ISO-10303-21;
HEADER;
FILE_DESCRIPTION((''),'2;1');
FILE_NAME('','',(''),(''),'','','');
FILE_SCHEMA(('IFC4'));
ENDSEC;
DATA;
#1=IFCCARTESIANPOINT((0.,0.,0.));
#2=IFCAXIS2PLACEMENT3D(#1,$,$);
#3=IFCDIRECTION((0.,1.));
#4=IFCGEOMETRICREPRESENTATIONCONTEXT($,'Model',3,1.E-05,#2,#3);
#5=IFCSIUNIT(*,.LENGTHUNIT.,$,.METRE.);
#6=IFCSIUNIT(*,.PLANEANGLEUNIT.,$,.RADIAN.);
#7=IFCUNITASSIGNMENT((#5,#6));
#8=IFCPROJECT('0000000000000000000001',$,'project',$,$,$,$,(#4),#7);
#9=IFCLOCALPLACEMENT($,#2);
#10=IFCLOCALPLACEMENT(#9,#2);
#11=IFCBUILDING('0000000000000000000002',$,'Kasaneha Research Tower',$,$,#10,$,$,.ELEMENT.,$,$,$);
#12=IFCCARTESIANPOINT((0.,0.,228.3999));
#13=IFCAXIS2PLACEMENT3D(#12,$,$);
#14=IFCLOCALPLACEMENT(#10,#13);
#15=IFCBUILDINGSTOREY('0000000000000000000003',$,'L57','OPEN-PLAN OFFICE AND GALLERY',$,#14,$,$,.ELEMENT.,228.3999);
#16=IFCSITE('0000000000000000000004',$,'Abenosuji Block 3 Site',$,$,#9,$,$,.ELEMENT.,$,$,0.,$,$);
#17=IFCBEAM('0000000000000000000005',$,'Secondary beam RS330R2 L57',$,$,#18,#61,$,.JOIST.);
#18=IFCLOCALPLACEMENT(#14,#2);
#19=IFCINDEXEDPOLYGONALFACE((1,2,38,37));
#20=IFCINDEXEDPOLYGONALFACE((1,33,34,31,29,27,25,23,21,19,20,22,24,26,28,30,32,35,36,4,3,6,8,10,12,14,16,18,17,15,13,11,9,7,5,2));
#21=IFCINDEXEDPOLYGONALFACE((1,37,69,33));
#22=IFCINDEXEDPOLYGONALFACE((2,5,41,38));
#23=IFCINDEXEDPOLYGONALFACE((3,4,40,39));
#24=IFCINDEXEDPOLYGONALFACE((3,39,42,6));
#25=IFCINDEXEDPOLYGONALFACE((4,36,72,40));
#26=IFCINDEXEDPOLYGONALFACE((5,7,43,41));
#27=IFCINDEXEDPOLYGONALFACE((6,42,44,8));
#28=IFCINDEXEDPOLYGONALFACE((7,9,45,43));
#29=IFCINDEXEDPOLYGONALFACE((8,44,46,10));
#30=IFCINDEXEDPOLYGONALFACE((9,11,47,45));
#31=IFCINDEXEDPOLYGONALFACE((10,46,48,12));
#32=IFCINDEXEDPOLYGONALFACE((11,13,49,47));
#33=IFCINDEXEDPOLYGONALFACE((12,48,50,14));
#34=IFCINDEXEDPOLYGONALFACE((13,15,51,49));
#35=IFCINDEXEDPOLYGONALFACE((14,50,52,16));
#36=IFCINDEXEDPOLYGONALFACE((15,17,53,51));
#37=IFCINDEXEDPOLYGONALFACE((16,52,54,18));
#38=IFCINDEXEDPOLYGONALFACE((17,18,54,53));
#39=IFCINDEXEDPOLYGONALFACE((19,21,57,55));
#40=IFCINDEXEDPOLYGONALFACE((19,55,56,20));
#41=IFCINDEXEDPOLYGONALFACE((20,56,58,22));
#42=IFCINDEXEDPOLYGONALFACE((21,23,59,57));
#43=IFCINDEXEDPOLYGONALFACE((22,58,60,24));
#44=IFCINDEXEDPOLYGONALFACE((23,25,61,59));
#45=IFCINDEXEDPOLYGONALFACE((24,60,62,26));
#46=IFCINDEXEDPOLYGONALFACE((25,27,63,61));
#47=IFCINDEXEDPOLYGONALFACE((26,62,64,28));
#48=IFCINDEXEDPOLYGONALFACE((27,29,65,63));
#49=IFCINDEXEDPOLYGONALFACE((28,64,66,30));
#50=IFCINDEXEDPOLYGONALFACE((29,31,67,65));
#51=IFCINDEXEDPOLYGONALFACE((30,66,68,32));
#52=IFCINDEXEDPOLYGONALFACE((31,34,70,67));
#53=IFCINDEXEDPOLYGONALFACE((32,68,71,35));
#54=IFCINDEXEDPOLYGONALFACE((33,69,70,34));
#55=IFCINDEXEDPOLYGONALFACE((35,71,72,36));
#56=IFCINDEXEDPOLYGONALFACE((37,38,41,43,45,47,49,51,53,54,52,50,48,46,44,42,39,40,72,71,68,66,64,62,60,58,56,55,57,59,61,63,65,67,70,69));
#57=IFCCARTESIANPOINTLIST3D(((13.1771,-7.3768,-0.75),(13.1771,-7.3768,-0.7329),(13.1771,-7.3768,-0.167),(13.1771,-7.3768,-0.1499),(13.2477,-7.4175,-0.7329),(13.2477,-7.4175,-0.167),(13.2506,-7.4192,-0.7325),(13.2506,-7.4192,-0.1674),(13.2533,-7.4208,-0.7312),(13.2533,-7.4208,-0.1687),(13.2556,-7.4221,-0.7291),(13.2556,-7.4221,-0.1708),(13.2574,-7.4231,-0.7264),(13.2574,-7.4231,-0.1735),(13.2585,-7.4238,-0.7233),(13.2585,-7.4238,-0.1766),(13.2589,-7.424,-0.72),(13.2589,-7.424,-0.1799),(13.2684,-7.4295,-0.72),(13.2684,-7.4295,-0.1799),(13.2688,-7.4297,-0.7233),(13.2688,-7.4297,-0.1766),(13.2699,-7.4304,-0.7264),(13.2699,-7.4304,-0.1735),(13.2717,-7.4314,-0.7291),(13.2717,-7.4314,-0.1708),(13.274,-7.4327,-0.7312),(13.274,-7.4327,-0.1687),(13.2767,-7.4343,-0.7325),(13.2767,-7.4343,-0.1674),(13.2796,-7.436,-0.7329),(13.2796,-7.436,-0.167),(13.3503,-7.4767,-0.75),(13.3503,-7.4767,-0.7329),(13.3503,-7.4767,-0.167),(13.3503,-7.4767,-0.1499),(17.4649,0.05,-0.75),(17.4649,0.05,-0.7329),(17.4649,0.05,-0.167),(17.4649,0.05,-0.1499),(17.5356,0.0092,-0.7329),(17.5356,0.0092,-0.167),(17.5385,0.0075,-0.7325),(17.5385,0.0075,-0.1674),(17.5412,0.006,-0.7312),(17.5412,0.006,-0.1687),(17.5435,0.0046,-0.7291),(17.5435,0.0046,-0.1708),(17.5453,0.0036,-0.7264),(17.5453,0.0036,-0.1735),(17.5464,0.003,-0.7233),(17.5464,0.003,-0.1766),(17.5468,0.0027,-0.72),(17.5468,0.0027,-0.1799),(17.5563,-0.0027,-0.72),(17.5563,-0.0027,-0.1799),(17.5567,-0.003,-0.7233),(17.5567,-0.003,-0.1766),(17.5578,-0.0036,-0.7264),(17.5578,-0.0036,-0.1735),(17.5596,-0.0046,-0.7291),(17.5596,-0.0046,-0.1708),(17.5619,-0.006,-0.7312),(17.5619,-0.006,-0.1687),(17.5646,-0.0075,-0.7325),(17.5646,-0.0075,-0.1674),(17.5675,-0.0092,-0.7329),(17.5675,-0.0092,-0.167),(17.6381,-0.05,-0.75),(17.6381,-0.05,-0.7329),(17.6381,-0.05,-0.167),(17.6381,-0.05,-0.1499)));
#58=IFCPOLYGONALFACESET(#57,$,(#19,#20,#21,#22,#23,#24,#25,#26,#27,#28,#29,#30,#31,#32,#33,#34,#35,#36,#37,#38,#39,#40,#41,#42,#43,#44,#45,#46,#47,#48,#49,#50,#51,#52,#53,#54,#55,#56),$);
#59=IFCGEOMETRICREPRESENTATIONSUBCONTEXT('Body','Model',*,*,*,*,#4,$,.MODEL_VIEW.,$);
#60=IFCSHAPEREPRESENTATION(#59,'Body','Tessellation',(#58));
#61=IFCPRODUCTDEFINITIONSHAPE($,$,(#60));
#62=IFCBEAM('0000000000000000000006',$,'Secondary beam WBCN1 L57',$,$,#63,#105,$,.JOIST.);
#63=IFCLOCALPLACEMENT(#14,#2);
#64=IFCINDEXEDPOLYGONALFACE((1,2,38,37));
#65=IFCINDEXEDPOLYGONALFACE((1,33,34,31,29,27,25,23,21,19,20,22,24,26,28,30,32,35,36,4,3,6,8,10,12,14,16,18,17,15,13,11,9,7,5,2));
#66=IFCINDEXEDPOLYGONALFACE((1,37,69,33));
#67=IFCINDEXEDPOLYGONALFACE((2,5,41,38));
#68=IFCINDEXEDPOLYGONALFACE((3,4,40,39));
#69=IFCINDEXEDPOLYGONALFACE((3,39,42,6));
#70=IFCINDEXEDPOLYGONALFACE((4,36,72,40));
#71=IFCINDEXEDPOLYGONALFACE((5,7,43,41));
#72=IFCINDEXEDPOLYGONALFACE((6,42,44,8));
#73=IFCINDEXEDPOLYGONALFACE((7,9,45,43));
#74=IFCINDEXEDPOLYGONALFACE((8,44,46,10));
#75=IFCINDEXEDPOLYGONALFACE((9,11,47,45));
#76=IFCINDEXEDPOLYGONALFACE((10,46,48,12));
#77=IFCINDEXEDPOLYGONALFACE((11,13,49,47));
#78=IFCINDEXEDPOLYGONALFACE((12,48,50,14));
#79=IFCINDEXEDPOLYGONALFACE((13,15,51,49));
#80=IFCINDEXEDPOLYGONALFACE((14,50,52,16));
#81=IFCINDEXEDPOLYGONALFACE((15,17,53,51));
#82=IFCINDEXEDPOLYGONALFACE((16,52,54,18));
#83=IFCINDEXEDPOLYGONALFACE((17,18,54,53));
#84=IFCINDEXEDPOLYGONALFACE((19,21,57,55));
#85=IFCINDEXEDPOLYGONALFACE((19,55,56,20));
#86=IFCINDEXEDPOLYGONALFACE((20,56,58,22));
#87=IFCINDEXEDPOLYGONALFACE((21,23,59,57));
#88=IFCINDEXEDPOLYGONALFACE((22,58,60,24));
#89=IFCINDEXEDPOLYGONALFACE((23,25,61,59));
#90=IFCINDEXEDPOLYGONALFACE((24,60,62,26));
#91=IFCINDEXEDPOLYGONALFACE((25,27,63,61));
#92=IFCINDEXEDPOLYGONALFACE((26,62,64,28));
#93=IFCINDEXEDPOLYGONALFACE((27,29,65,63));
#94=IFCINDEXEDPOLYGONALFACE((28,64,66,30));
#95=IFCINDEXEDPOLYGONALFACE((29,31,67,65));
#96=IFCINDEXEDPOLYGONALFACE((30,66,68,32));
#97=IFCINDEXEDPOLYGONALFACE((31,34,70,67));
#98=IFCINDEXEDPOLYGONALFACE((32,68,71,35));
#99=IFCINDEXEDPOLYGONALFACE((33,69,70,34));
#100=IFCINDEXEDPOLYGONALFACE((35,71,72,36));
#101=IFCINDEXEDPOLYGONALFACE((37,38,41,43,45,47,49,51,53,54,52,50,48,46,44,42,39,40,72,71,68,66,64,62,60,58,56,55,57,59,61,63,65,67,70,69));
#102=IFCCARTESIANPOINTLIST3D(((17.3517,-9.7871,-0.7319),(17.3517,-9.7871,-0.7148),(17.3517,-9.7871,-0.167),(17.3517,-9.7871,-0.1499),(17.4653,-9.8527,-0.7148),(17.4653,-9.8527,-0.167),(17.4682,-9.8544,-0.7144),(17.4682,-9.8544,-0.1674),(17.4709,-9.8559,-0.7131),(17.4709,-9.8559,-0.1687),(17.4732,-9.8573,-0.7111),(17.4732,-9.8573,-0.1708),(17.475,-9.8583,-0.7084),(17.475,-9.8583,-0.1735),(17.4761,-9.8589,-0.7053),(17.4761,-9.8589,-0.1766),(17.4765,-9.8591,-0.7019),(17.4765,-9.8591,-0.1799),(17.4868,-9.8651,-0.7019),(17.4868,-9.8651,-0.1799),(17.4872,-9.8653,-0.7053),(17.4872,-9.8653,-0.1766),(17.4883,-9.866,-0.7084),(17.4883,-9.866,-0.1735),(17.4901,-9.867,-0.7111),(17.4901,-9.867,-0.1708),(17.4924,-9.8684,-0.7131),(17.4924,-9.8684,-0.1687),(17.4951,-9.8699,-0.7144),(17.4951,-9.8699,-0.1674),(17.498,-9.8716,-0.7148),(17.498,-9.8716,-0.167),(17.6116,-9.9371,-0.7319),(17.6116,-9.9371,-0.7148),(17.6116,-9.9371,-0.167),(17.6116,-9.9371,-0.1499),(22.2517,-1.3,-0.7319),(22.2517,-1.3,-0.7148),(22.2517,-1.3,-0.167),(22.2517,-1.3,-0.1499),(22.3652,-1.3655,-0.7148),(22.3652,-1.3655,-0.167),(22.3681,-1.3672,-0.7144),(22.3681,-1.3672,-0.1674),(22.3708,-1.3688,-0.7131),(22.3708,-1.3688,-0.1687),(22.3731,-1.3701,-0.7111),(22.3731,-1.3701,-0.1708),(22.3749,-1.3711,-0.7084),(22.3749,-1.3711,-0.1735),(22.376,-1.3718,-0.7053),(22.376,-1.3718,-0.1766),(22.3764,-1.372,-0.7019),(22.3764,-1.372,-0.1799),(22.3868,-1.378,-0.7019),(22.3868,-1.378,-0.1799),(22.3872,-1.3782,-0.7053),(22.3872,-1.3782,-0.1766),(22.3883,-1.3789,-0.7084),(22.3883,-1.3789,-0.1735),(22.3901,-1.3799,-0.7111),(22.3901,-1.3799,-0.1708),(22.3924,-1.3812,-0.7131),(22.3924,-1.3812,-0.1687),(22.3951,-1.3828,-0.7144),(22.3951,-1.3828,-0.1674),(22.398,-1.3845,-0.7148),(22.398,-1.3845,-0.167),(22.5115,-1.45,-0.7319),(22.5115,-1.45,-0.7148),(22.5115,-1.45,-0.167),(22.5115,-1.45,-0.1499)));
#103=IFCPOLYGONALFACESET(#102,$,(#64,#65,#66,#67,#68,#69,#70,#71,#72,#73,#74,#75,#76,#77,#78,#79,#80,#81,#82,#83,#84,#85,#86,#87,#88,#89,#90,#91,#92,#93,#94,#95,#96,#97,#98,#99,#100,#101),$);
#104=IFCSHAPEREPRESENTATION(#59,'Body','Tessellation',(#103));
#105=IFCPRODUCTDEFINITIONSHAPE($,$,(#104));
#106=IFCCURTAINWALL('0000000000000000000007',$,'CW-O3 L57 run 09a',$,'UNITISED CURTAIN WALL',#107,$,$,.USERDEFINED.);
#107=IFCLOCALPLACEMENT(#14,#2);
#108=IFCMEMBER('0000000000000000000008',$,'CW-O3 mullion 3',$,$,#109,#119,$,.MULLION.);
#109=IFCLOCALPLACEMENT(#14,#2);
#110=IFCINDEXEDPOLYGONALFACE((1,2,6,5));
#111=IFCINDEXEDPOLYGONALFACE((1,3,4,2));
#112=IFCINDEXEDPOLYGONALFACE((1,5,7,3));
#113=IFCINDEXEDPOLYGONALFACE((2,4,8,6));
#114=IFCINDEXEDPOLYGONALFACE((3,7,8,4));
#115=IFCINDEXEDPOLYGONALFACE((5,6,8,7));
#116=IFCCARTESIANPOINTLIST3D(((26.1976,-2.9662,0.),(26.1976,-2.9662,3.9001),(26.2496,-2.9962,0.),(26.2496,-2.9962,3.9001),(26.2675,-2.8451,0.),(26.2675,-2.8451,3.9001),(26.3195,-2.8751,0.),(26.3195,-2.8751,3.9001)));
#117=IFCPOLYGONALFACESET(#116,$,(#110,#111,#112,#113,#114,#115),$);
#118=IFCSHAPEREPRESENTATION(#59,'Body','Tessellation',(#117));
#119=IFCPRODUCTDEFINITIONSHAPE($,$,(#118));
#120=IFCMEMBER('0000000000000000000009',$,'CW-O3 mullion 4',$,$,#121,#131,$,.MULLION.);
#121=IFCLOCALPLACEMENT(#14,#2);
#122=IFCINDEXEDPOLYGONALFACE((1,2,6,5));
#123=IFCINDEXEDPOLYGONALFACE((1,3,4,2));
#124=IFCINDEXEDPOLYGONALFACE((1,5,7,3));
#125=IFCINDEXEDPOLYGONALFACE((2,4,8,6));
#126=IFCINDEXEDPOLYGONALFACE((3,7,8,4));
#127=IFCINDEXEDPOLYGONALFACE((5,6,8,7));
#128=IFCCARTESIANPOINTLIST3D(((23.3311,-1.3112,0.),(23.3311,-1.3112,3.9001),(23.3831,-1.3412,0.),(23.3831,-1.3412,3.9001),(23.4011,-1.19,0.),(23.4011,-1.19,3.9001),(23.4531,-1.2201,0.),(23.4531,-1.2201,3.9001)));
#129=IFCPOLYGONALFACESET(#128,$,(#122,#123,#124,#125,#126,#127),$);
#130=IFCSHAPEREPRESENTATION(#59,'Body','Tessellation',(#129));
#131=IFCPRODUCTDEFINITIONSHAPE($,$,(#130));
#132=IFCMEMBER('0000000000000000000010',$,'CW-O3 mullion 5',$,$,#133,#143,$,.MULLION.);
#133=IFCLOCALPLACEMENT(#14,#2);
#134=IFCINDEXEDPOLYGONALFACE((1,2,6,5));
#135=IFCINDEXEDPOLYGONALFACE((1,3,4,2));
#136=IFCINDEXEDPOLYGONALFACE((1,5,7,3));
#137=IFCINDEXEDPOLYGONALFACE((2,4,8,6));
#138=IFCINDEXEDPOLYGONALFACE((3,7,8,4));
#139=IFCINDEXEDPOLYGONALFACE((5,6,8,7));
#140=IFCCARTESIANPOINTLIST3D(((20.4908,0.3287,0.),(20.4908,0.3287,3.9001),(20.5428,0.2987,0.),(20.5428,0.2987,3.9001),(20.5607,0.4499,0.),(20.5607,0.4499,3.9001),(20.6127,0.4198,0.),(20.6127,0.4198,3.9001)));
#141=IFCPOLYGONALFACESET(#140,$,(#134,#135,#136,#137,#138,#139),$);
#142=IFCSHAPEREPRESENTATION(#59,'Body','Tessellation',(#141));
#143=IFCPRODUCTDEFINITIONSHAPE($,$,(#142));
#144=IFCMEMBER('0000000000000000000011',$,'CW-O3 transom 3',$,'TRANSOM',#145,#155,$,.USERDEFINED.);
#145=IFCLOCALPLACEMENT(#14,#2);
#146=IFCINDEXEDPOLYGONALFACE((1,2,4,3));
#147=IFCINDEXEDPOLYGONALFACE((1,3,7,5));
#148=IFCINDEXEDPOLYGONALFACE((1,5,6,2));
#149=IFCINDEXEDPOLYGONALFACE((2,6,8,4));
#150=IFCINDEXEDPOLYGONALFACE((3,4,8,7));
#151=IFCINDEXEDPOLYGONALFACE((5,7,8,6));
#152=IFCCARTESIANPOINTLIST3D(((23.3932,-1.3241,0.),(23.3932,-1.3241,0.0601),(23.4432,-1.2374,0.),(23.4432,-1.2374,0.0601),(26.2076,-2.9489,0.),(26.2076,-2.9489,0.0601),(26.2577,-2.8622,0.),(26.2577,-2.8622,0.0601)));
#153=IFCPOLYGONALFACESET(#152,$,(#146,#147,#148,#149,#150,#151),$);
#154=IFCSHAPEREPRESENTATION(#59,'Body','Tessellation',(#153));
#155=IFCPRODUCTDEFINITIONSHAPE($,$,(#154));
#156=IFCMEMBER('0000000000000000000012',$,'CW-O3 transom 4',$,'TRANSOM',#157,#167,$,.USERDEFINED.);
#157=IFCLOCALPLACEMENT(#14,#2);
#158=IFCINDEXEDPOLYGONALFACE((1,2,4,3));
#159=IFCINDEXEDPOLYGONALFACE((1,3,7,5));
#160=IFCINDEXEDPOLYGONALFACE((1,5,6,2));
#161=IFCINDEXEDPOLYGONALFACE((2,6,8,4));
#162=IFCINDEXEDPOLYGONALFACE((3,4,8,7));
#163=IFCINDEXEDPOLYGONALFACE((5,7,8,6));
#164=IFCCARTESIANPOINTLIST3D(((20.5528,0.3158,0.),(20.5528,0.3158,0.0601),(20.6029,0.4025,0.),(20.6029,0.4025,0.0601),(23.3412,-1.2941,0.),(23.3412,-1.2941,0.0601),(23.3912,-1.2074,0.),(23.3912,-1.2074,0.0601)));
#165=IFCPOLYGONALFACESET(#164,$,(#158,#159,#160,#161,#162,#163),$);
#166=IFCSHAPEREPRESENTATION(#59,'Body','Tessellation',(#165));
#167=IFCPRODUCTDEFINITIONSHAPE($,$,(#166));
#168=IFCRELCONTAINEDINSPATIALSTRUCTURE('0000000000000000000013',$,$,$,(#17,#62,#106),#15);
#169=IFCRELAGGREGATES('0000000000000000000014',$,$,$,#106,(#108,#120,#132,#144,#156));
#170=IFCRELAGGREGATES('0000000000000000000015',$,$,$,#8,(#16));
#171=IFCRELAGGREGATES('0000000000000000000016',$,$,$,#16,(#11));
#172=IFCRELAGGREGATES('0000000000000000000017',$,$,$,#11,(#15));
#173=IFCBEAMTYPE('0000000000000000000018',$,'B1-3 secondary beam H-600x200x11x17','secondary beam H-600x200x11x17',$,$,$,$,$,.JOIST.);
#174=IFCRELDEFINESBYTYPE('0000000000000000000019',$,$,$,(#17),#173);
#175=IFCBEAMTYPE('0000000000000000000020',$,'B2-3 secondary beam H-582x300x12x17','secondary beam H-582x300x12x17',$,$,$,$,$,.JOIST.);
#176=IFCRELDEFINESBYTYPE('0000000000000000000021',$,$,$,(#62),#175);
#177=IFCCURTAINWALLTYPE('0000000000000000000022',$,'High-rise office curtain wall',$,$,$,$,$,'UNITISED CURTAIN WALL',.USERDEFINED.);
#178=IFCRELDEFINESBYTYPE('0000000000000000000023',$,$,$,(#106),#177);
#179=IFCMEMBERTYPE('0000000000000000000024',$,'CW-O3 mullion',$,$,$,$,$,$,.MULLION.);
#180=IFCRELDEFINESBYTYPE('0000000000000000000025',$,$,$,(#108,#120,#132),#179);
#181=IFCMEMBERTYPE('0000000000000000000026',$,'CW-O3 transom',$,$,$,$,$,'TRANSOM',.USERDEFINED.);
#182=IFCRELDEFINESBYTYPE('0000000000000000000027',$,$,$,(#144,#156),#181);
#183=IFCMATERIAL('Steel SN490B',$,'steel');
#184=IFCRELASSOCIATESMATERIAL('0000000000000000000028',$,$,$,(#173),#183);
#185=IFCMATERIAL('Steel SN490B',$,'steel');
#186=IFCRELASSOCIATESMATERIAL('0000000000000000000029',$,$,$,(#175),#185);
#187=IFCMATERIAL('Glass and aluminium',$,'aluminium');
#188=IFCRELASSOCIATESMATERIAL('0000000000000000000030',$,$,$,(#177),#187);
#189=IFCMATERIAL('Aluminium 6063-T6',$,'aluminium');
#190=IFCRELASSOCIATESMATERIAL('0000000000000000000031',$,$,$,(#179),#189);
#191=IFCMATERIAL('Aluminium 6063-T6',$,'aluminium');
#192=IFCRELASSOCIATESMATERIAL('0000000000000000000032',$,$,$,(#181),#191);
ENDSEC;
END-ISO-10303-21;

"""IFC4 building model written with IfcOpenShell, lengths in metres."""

from ifc_helpers import new_model, si_unit, direction, frame, origin, origin_2d, place, context, subcontext, project, spatial, rectangle, i_section, extrude, material, material_profile, profile_set, type_object, element, aggregate, save


model = new_model("IFC4")

# Units and contexts
model_context = context("Model", 3, precision=1e-05, world=origin(), true_north=direction((0.0, 1.0)))
body_context = subcontext(model_context, "Body", "Model", "MODEL_VIEW")
ifc_project = project(units=[si_unit("LENGTHUNIT", "METRE"), si_unit("PLANEANGLEUNIT", "RADIAN")], contexts=[model_context])

# Site, building, storey
site_placement = place(None, origin())
site = spatial("IfcSite", under=ifc_project, at=site_placement, Name="Abenosuji Block 3 Site", CompositionType="ELEMENT", RefElevation=0.0)
building_placement = place(site_placement, origin())
building = spatial("IfcBuilding", under=site, at=building_placement, Name="Kasaneha Research Tower", CompositionType="ELEMENT")
storey_placement = place(building_placement, frame((0.0, 0.0, 228.3999)))
storey = spatial("IfcBuildingStorey", under=building, at=storey_placement, Name="L57", Description="OPEN-PLAN OFFICE AND GALLERY", CompositionType="ELEMENT", Elevation=228.3999)

# Beams
ifc_material_1 = material(Name="Steel SN490B", Category="steel")
ifc_material_profile_1 = material_profile(ifc_material_1, i_section(OverallWidth=0.2, OverallDepth=0.6001, WebThickness=0.011, FlangeThickness=0.0171, FilletRadius=0.0129, at=origin_2d()), Name="H-600x200x11x17")
ifc_profile_set_1 = profile_set([ifc_material_profile_1], Name="Steel SN490B")
beam_type_1 = type_object("IfcBeamType", Name="B1-3 secondary beam H-600x200x11x17", Description="secondary beam H-600x200x11x17", PredefinedType="JOIST", material=ifc_profile_set_1)
beam_1_placement = place(storey_placement, frame((17.5515, 0.0, -0.45), z_axis=(-0.5, -0.866025, 0.0), x_axis=(0.866025, -0.5, 0.0)))
element("IfcBeam", 1, at=beam_1_placement, inside=storey, type_object=beam_type_1, Name="Secondary beam RS330R2 L57", PredefinedType="JOIST", context=body_context, shape_type="SweptSolid", body=[
    extrude(i_section(OverallWidth=0.2, OverallDepth=0.6001, WebThickness=0.011, FlangeThickness=0.0171, FilletRadius=0.0129, at=origin_2d()), origin(), (0.0, 0.0, 1.0), 8.5757),
])
ifc_material_2 = material(Name="Steel SN490B", Category="steel")
ifc_material_profile_2 = material_profile(ifc_material_2, i_section(OverallWidth=0.3, OverallDepth=0.582, WebThickness=0.012, FlangeThickness=0.0171, FilletRadius=0.0129, at=origin_2d()), Name="H-582x300x12x17")
ifc_profile_set_2 = profile_set([ifc_material_profile_2], Name="Steel SN490B")
beam_type_2 = type_object("IfcBeamType", Name="B2-3 secondary beam H-582x300x12x17", Description="secondary beam H-582x300x12x17", PredefinedType="JOIST", material=ifc_profile_set_2)
beam_2_placement = place(storey_placement, frame((22.3816, -1.375, -0.4409), z_axis=(-0.499992, -0.86603, 0.0), x_axis=(0.86603, -0.499992, 0.0)))
element("IfcBeam", 2, at=beam_2_placement, inside=storey, type_object=beam_type_2, Name="Secondary beam WBCN1 L57", PredefinedType="JOIST", context=body_context, shape_type="SweptSolid", body=[
    extrude(i_section(OverallWidth=0.3, OverallDepth=0.582, WebThickness=0.012, FlangeThickness=0.0171, FilletRadius=0.0129, at=origin_2d()), origin(), (0.0, 0.0, 1.0), 9.8),
])

# Curtain wall, members
ifc_material_3 = material(Name="Glass and aluminium", Category="aluminium")
curtain_wall_type = type_object("IfcCurtainWallType", Name="High-rise office curtain wall", ElementType="UNITISED CURTAIN WALL", PredefinedType="USERDEFINED", material=ifc_material_3)
curtain_wall_placement = place(storey_placement, origin())
curtain_wall = element("IfcCurtainWall", 3, at=curtain_wall_placement, inside=storey, type_object=curtain_wall_type, Name="CW-O3 L57 run 09a", ObjectType="UNITISED CURTAIN WALL", PredefinedType="USERDEFINED")
ifc_material_4 = material(Name="Aluminium 6063-T6", Category="aluminium")
ifc_material_profile_3 = material_profile(ifc_material_4, rectangle(XDim=0.0601, YDim=0.1399, at=origin_2d()), Name="CW-O3 mullion 60x140")
ifc_profile_set_3 = profile_set([ifc_material_profile_3], Name="Aluminium 6063-T6")
member_type_1 = type_object("IfcMemberType", Name="CW-O3 mullion", PredefinedType="MULLION", material=ifc_profile_set_3)
member_1_placement = place(storey_placement, frame((26.2585, -2.9207, 0.0), z_axis=(0.0, 0.0, 1.0), x_axis=(-0.866025, 0.5, 0.0)))
member_1 = element("IfcMember", 4, at=member_1_placement, type_object=member_type_1, Name="CW-O3 mullion 3", PredefinedType="MULLION", context=body_context, shape_type="SweptSolid", body=[
    extrude(rectangle(XDim=0.0601, YDim=0.1399, at=origin_2d()), origin(), (0.0, 0.0, 1.0), 3.9001),
])
member_2_placement = place(storey_placement, frame((23.3921, -1.2656, 0.0), z_axis=(0.0, 0.0, 1.0), x_axis=(-0.866025, 0.5, 0.0)))
member_2 = element("IfcMember", 5, at=member_2_placement, type_object=member_type_1, Name="CW-O3 mullion 4", PredefinedType="MULLION", context=body_context, shape_type="SweptSolid", body=[
    extrude(rectangle(XDim=0.0601, YDim=0.1399, at=origin_2d()), origin(), (0.0, 0.0, 1.0), 3.9001),
])
member_3_placement = place(storey_placement, frame((20.5518, 0.3743, 0.0), z_axis=(0.0, 0.0, 1.0), x_axis=(-0.866025, 0.5, 0.0)))
member_3 = element("IfcMember", 6, at=member_3_placement, type_object=member_type_1, Name="CW-O3 mullion 5", PredefinedType="MULLION", context=body_context, shape_type="SweptSolid", body=[
    extrude(rectangle(XDim=0.0601, YDim=0.1399, at=origin_2d()), origin(), (0.0, 0.0, 1.0), 3.9001),
])
ifc_material_5 = material(Name="Aluminium 6063-T6", Category="aluminium")
ifc_material_profile_4 = material_profile(ifc_material_5, rectangle(XDim=0.1001, YDim=0.0601, at=origin_2d()), Name="CW-O3 transom 100x60")
ifc_profile_set_4 = profile_set([ifc_material_profile_4], Name="Aluminium 6063-T6")
member_type_2 = type_object("IfcMemberType", Name="CW-O3 transom", ElementType="TRANSOM", PredefinedType="USERDEFINED", material=ifc_profile_set_4)
member_4_placement = place(storey_placement, frame((26.2327, -2.9055, 0.03), z_axis=(-0.866048, 0.499961, 0.0), x_axis=(-0.499961, -0.866048, 0.0)))
member_4 = element("IfcMember", 7, at=member_4_placement, type_object=member_type_2, Name="CW-O3 transom 3", ObjectType="TRANSOM", PredefinedType="USERDEFINED", context=body_context, shape_type="SweptSolid", body=[
    extrude(rectangle(XDim=0.1001, YDim=0.0601, at=origin_2d()), origin(), (0.0, 0.0, 1.0), 3.2498),
])
member_5_placement = place(storey_placement, frame((23.3662, -1.2507, 0.03), z_axis=(-0.866023, 0.500005, 0.0), x_axis=(-0.500005, -0.866023, 0.0)))
member_5 = element("IfcMember", 8, at=member_5_placement, type_object=member_type_2, Name="CW-O3 transom 4", ObjectType="TRANSOM", PredefinedType="USERDEFINED", context=body_context, shape_type="SweptSolid", body=[
    extrude(rectangle(XDim=0.1001, YDim=0.0601, at=origin_2d()), origin(), (0.0, 0.0, 1.0), 3.2197),
])

aggregate(curtain_wall, [member_1, member_2, member_3, member_4, member_5])

save(model, "model.ifc")
